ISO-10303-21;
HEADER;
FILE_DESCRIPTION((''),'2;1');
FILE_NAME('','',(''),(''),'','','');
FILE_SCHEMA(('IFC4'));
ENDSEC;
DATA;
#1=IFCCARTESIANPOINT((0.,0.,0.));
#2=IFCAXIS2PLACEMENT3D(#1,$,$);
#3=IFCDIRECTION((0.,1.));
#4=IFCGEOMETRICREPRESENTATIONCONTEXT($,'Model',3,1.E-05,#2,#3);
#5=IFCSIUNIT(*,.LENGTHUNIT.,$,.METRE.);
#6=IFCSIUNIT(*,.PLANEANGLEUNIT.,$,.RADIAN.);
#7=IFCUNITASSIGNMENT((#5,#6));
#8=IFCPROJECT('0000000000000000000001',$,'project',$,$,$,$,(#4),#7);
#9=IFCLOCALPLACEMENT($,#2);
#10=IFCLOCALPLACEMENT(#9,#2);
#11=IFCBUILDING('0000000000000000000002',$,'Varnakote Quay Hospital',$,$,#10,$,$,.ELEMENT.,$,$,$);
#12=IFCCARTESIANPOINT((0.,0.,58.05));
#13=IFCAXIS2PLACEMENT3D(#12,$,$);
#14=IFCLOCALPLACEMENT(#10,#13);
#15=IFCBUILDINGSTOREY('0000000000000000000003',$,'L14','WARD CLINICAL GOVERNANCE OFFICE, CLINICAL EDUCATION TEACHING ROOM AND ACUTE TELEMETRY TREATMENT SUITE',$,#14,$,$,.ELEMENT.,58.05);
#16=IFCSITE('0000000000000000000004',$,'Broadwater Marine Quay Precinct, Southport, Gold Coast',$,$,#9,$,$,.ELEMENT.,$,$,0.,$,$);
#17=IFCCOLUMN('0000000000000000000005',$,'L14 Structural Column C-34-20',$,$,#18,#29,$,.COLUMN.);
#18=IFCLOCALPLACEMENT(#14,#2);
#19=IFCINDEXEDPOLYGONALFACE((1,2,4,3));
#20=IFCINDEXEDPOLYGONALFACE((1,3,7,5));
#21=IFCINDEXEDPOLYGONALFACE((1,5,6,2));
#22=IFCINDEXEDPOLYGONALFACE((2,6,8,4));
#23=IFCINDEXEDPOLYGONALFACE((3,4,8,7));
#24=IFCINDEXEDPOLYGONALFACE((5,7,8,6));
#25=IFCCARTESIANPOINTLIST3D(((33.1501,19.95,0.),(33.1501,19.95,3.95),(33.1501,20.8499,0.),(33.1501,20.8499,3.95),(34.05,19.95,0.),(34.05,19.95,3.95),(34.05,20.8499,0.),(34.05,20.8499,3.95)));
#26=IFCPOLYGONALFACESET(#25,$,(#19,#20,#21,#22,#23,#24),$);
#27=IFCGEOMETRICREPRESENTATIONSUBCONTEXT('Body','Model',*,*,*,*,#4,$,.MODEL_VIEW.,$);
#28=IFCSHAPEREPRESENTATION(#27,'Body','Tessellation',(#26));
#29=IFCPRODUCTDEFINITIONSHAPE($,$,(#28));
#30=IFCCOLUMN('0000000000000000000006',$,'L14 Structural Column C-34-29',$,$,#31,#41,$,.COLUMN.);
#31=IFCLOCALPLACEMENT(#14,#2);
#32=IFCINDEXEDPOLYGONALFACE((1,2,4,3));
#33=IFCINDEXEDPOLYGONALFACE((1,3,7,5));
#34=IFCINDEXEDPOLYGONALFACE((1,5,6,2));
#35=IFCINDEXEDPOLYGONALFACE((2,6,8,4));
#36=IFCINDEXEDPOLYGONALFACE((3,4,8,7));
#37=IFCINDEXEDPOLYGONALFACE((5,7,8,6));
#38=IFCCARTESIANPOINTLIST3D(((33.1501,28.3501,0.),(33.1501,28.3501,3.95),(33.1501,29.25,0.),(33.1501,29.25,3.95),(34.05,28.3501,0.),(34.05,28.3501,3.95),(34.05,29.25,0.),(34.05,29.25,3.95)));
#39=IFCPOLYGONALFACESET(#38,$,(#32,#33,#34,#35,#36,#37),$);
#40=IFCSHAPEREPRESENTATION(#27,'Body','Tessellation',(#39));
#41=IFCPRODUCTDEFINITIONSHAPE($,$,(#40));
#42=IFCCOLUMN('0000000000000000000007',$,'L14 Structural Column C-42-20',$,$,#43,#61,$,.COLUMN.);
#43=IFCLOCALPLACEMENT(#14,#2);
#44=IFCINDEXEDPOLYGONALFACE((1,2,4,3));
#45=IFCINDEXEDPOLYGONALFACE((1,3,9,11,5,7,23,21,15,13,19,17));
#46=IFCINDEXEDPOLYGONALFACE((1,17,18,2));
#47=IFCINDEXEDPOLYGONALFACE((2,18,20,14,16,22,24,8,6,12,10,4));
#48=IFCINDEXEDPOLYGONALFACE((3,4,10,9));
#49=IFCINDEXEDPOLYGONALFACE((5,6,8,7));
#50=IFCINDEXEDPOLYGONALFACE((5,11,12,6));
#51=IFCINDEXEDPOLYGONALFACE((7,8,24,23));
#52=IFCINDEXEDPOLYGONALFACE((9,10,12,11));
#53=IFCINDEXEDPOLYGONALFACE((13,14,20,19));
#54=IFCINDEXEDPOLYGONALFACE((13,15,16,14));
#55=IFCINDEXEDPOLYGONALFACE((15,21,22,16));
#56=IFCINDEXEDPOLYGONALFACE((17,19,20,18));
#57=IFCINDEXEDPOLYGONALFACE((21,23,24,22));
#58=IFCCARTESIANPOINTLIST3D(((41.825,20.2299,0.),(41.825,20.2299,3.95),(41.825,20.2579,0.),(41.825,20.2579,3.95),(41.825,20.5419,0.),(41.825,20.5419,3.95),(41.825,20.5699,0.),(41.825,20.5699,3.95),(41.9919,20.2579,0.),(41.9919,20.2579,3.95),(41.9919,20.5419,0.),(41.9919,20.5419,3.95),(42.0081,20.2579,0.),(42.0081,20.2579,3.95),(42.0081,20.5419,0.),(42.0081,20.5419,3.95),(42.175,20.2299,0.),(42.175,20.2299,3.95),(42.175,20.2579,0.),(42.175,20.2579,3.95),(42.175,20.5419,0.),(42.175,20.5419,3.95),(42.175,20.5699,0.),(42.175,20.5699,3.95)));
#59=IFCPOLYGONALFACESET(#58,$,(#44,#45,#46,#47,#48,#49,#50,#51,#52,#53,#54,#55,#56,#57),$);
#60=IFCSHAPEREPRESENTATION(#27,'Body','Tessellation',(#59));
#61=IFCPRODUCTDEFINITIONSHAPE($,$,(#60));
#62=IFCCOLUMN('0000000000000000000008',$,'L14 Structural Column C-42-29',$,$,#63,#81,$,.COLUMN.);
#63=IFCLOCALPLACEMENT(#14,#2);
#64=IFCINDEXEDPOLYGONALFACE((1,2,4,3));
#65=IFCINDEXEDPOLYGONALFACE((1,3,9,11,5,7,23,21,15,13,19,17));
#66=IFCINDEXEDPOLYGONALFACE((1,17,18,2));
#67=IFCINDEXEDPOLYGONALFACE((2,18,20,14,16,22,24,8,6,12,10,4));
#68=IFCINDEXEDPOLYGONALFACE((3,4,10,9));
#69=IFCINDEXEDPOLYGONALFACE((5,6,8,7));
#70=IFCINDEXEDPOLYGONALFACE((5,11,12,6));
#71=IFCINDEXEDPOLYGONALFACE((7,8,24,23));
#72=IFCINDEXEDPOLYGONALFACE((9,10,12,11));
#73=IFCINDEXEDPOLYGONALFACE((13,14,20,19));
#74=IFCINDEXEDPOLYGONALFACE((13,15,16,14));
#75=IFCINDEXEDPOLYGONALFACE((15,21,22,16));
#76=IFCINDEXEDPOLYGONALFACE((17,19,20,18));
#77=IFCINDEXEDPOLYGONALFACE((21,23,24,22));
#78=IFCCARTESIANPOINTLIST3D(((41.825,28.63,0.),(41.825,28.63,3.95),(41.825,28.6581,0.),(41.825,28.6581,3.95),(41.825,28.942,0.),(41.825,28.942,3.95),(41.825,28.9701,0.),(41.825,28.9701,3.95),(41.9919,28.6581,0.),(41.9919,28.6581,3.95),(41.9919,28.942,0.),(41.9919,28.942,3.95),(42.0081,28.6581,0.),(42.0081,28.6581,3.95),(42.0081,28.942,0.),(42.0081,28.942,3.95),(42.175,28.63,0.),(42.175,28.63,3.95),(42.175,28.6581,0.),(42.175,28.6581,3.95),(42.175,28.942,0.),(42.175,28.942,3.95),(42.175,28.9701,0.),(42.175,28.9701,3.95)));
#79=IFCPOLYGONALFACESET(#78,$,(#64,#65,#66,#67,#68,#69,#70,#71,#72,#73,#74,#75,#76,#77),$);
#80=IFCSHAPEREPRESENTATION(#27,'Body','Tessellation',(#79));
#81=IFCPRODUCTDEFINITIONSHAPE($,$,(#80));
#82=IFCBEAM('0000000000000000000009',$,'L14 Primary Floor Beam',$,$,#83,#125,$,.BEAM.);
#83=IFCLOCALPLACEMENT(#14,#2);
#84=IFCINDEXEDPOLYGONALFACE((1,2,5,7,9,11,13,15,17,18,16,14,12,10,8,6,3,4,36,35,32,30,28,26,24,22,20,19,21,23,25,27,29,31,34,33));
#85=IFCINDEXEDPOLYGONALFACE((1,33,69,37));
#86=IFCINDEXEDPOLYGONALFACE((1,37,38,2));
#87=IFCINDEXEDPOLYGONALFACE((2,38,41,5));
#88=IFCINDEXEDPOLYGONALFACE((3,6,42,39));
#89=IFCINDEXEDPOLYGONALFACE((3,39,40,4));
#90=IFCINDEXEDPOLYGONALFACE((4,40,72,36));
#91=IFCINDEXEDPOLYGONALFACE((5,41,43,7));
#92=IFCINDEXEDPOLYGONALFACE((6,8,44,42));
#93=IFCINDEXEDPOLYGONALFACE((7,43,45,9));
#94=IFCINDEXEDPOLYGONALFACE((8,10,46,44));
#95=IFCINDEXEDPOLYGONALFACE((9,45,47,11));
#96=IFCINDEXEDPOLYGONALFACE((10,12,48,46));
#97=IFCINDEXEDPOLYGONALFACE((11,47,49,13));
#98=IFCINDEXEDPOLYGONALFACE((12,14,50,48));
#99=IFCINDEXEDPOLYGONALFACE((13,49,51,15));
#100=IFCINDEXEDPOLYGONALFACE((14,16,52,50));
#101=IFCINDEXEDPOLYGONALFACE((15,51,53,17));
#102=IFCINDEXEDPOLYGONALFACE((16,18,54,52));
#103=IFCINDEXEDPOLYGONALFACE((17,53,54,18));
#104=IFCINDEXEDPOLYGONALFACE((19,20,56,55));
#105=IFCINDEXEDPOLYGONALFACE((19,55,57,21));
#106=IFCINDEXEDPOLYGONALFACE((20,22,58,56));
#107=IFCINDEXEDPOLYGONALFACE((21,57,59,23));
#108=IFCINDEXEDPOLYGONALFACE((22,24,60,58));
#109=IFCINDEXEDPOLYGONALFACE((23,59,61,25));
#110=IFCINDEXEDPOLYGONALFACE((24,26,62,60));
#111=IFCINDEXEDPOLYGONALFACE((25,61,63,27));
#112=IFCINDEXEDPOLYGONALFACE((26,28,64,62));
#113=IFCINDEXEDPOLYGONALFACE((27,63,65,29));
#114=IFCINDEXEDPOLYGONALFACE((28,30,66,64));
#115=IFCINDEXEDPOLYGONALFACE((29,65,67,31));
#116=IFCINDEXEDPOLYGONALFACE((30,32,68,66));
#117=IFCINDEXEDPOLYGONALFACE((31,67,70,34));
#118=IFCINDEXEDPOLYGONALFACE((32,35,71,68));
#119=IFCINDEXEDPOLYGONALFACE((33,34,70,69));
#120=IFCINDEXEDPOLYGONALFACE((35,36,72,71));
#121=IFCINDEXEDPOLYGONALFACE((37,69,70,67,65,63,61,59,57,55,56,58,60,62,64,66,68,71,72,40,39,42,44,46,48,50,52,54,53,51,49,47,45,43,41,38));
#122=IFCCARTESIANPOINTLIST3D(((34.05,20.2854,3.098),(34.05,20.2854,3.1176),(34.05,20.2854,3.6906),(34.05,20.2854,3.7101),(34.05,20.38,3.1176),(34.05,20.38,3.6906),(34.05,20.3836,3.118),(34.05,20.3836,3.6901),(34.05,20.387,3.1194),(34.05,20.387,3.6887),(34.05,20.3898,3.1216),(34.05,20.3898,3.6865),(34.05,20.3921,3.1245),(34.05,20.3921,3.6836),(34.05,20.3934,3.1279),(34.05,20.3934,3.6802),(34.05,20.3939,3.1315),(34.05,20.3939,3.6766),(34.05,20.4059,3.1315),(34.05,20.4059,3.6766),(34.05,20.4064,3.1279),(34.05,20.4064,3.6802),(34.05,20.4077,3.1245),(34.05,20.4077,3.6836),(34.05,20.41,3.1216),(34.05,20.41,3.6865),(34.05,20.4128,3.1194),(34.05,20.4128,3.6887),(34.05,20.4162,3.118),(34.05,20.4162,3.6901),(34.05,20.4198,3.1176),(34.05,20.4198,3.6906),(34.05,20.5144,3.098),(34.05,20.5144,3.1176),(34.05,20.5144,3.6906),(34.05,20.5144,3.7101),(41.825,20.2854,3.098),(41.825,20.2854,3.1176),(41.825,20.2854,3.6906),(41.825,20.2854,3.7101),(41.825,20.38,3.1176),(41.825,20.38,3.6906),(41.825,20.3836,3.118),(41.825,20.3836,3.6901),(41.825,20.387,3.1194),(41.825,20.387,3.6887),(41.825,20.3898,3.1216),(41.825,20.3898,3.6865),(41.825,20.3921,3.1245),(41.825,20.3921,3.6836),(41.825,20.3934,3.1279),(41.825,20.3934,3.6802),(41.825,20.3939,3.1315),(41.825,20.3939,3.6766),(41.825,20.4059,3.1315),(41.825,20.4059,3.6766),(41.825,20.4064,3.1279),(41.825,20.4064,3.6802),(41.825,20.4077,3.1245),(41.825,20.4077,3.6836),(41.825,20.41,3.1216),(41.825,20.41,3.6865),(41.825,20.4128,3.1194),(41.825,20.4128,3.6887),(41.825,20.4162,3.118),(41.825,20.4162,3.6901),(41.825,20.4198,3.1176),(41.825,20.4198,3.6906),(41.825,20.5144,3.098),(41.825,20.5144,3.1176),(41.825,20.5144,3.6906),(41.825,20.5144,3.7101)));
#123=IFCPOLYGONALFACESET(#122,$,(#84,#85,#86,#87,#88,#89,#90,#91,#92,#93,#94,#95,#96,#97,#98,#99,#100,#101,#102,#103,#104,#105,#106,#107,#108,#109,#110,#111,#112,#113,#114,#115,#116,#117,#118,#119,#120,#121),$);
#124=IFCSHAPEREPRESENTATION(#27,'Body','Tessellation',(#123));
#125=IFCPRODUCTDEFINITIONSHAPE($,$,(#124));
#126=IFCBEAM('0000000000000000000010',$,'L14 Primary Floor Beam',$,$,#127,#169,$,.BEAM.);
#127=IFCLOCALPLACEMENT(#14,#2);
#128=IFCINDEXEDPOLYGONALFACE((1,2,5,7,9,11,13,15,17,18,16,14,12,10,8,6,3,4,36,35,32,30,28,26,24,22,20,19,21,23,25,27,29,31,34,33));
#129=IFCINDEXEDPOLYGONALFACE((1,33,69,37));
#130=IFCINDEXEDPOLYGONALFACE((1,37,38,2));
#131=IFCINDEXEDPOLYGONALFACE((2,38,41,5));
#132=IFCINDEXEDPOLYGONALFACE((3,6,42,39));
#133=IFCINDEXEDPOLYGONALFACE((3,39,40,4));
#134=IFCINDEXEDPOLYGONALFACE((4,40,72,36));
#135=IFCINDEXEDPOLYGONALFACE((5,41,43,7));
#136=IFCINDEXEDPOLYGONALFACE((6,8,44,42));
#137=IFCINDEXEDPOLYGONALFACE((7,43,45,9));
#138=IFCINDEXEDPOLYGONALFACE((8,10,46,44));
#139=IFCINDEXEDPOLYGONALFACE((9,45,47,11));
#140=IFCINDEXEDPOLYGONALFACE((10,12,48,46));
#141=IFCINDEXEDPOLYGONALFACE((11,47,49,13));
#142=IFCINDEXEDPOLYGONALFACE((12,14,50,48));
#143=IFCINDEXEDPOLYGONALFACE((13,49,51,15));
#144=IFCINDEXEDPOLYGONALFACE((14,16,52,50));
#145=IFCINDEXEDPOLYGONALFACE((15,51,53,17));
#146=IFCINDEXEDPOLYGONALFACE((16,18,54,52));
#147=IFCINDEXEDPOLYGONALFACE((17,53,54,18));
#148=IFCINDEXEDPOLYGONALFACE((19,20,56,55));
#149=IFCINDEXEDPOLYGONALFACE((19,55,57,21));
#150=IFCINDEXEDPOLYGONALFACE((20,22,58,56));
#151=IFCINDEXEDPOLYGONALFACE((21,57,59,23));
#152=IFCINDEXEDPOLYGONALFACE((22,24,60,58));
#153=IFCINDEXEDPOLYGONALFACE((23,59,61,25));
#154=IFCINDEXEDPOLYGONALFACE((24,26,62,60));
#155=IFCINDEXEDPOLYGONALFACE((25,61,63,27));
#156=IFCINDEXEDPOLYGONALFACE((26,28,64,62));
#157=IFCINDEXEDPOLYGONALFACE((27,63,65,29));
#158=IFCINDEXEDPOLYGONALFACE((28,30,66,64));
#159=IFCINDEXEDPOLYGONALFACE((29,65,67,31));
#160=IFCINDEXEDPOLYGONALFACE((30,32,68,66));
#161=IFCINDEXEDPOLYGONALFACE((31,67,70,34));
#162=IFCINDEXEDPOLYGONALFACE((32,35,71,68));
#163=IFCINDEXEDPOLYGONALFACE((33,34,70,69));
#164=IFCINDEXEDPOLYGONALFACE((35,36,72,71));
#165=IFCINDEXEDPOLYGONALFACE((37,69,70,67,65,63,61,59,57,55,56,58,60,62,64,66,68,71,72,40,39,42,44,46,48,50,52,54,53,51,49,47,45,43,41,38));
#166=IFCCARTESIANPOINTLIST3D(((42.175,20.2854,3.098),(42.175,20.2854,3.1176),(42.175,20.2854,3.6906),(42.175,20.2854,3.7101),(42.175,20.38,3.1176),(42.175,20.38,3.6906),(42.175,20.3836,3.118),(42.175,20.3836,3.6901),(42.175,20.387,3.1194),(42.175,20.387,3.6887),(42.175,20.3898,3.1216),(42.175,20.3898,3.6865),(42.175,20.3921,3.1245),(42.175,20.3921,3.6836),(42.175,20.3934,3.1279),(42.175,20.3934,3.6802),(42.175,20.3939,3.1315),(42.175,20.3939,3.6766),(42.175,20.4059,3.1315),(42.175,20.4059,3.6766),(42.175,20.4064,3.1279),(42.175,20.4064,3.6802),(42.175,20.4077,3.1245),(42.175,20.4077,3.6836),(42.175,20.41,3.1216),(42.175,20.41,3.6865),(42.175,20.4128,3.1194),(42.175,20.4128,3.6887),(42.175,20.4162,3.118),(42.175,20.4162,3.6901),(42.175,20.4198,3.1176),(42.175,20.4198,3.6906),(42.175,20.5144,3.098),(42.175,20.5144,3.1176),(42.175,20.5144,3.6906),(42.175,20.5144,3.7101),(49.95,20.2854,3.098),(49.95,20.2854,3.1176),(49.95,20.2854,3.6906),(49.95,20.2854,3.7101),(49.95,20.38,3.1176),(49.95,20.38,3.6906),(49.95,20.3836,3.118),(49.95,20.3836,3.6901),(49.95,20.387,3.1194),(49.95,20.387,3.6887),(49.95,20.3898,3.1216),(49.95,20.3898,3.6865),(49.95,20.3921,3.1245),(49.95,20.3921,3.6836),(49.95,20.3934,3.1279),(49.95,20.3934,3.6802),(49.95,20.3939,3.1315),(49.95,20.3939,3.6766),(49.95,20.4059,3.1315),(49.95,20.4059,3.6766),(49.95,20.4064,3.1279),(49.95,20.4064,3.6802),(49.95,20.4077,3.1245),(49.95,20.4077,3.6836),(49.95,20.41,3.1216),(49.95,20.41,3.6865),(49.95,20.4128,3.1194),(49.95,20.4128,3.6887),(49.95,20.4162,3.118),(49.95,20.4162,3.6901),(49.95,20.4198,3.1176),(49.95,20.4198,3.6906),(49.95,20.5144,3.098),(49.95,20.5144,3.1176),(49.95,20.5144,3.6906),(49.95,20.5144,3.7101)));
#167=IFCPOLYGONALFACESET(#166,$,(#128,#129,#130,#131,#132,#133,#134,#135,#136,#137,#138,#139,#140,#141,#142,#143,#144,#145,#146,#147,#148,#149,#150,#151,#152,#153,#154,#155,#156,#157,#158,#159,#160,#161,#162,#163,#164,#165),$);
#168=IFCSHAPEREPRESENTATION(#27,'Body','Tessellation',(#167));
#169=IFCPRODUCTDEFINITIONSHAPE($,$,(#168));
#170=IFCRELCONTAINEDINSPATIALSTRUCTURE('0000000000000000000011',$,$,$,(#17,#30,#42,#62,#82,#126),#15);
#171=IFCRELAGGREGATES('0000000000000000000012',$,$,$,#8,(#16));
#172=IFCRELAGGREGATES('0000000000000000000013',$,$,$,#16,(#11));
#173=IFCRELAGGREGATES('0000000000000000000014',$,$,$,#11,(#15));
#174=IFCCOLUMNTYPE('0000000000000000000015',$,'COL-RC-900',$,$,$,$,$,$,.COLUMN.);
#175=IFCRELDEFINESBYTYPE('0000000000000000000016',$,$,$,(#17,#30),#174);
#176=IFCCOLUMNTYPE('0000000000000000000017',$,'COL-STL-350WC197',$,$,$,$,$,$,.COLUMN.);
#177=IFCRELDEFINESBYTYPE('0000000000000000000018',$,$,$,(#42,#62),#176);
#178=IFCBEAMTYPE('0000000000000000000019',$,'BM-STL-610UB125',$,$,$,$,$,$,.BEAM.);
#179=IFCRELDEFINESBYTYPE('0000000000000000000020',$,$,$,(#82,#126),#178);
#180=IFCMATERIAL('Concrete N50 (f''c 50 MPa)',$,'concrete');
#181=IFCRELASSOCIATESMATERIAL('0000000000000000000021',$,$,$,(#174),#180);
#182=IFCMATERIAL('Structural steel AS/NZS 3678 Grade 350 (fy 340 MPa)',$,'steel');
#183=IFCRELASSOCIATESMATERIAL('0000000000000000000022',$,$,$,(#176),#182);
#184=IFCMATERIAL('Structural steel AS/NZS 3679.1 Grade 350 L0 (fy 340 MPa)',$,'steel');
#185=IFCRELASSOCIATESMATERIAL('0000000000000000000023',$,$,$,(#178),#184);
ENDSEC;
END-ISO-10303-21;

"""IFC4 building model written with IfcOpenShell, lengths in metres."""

from ifc_helpers import new_model, si_unit, direction, frame, origin, origin_2d, place, context, subcontext, project, spatial, rectangle, i_section, extrude, material, material_profile, profile_set, type_object, element, save


model = new_model("IFC4")

# Units and contexts
model_context = context("Model", 3, precision=1e-05, world=origin(), true_north=direction((0.0, 1.0)))
body_context = subcontext(model_context, "Body", "Model", "MODEL_VIEW")
ifc_project = project(units=[si_unit("LENGTHUNIT", "METRE"), si_unit("PLANEANGLEUNIT", "RADIAN")], contexts=[model_context])

# Site, building, storey
site_placement = place(None, origin())
site = spatial("IfcSite", under=ifc_project, at=site_placement, Name="Broadwater Marine Quay Precinct, Southport, Gold Coast", CompositionType="ELEMENT", RefElevation=0.0)
building_placement = place(site_placement, origin())
building = spatial("IfcBuilding", under=site, at=building_placement, Name="Varnakote Quay Hospital", CompositionType="ELEMENT")
storey_placement = place(building_placement, frame((0.0, 0.0, 58.05)))
storey = spatial("IfcBuildingStorey", under=building, at=storey_placement, Name="L14", Description="WARD CLINICAL GOVERNANCE OFFICE, CLINICAL EDUCATION TEACHING ROOM AND ACUTE TELEMETRY TREATMENT SUITE", CompositionType="ELEMENT", Elevation=58.05)

# Columns
ifc_material_1 = material(Name="Concrete N50 (f'c 50 MPa)", Category="concrete")
ifc_material_profile_1 = material_profile(ifc_material_1, rectangle(XDim=0.8999, YDim=0.8999, at=origin_2d()), Name="RC-COL-900x900")
ifc_profile_set_1 = profile_set([ifc_material_profile_1], Name="Concrete N50 (f'c 50 MPa)")
column_type_1 = type_object("IfcColumnType", Name="COL-RC-900", PredefinedType="COLUMN", material=ifc_profile_set_1)
for number, where, z_axis, x_axis, name in (
    (1, (33.6001, 20.3999, 0.0), (0.0, 0.0, 1.0), (1.0, 0.0, 0.0), "L14 Structural Column C-34-20"),
    (2, (33.6001, 28.8, 0.0), (0.0, 0.0, 1.0), (1.0, 0.0, 0.0), "L14 Structural Column C-34-29"),
):
    element("IfcColumn", number, at=place(storey_placement, frame(where, z_axis=z_axis, x_axis=x_axis)), inside=storey, type_object=column_type_1, Name=name, PredefinedType="COLUMN", context=body_context, shape_type="SweptSolid", body=[
        extrude(rectangle(XDim=0.8999, YDim=0.8999, at=origin_2d()), origin(), (0.0, 0.0, 1.0), 3.95),
    ])
ifc_material_2 = material(Name="Structural steel AS/NZS 3678 Grade 350 (fy 340 MPa)", Category="steel")
ifc_material_profile_2 = material_profile(ifc_material_2, i_section(OverallWidth=0.3501, OverallDepth=0.3401, WebThickness=0.0161, FlangeThickness=0.0281, at=origin_2d()), Name="350WC197")
ifc_profile_set_2 = profile_set([ifc_material_profile_2], Name="Structural steel AS/NZS 3678 Grade 350 (fy 340 MPa)")
column_type_2 = type_object("IfcColumnType", Name="COL-STL-350WC197", PredefinedType="COLUMN", material=ifc_profile_set_2)
for number, where, z_axis, x_axis, name in (
    (3, (42.0, 20.3999, 0.0), (0.0, 0.0, 1.0), (1.0, 0.0, 0.0), "L14 Structural Column C-42-20"),
    (4, (42.0, 28.8, 0.0), (0.0, 0.0, 1.0), (1.0, 0.0, 0.0), "L14 Structural Column C-42-29"),
):
    element("IfcColumn", number, at=place(storey_placement, frame(where, z_axis=z_axis, x_axis=x_axis)), inside=storey, type_object=column_type_2, Name=name, PredefinedType="COLUMN", context=body_context, shape_type="SweptSolid", body=[
        extrude(i_section(OverallWidth=0.3501, OverallDepth=0.3401, WebThickness=0.0161, FlangeThickness=0.0281, at=origin_2d()), origin(), (0.0, 0.0, 1.0), 3.95),
    ])

# Beams
ifc_material_3 = material(Name="Structural steel AS/NZS 3679.1 Grade 350 L0 (fy 340 MPa)", Category="steel")
ifc_material_profile_3 = material_profile(ifc_material_3, i_section(OverallWidth=0.229, OverallDepth=0.6121, WebThickness=0.012, FlangeThickness=0.0195, FilletRadius=0.0139, at=origin_2d()), Name="610UB125")
ifc_profile_set_3 = profile_set([ifc_material_profile_3], Name="Structural steel AS/NZS 3679.1 Grade 350 L0 (fy 340 MPa)")
beam_type_1 = type_object("IfcBeamType", Name="BM-STL-610UB125", PredefinedType="BEAM", material=ifc_profile_set_3)
for number, where, z_axis, x_axis, name in (
    (5, (34.05, 20.3999, 3.4041), (1.0, 0.0, 0.0), (0.0, 1.0, 0.0), "L14 Primary Floor Beam"),
    (6, (42.175, 20.3999, 3.4041), (1.0, 0.0, 0.0), (0.0, 1.0, 0.0), "L14 Primary Floor Beam"),
):
    element("IfcBeam", number, at=place(storey_placement, frame(where, z_axis=z_axis, x_axis=x_axis)), inside=storey, type_object=beam_type_1, Name=name, PredefinedType="BEAM", context=body_context, shape_type="SweptSolid", body=[
        extrude(i_section(OverallWidth=0.229, OverallDepth=0.6121, WebThickness=0.012, FlangeThickness=0.0195, FilletRadius=0.0139, at=origin_2d()), origin(), (0.0, 0.0, 1.0), 7.7749),
    ])

save(model, "model.ifc")
